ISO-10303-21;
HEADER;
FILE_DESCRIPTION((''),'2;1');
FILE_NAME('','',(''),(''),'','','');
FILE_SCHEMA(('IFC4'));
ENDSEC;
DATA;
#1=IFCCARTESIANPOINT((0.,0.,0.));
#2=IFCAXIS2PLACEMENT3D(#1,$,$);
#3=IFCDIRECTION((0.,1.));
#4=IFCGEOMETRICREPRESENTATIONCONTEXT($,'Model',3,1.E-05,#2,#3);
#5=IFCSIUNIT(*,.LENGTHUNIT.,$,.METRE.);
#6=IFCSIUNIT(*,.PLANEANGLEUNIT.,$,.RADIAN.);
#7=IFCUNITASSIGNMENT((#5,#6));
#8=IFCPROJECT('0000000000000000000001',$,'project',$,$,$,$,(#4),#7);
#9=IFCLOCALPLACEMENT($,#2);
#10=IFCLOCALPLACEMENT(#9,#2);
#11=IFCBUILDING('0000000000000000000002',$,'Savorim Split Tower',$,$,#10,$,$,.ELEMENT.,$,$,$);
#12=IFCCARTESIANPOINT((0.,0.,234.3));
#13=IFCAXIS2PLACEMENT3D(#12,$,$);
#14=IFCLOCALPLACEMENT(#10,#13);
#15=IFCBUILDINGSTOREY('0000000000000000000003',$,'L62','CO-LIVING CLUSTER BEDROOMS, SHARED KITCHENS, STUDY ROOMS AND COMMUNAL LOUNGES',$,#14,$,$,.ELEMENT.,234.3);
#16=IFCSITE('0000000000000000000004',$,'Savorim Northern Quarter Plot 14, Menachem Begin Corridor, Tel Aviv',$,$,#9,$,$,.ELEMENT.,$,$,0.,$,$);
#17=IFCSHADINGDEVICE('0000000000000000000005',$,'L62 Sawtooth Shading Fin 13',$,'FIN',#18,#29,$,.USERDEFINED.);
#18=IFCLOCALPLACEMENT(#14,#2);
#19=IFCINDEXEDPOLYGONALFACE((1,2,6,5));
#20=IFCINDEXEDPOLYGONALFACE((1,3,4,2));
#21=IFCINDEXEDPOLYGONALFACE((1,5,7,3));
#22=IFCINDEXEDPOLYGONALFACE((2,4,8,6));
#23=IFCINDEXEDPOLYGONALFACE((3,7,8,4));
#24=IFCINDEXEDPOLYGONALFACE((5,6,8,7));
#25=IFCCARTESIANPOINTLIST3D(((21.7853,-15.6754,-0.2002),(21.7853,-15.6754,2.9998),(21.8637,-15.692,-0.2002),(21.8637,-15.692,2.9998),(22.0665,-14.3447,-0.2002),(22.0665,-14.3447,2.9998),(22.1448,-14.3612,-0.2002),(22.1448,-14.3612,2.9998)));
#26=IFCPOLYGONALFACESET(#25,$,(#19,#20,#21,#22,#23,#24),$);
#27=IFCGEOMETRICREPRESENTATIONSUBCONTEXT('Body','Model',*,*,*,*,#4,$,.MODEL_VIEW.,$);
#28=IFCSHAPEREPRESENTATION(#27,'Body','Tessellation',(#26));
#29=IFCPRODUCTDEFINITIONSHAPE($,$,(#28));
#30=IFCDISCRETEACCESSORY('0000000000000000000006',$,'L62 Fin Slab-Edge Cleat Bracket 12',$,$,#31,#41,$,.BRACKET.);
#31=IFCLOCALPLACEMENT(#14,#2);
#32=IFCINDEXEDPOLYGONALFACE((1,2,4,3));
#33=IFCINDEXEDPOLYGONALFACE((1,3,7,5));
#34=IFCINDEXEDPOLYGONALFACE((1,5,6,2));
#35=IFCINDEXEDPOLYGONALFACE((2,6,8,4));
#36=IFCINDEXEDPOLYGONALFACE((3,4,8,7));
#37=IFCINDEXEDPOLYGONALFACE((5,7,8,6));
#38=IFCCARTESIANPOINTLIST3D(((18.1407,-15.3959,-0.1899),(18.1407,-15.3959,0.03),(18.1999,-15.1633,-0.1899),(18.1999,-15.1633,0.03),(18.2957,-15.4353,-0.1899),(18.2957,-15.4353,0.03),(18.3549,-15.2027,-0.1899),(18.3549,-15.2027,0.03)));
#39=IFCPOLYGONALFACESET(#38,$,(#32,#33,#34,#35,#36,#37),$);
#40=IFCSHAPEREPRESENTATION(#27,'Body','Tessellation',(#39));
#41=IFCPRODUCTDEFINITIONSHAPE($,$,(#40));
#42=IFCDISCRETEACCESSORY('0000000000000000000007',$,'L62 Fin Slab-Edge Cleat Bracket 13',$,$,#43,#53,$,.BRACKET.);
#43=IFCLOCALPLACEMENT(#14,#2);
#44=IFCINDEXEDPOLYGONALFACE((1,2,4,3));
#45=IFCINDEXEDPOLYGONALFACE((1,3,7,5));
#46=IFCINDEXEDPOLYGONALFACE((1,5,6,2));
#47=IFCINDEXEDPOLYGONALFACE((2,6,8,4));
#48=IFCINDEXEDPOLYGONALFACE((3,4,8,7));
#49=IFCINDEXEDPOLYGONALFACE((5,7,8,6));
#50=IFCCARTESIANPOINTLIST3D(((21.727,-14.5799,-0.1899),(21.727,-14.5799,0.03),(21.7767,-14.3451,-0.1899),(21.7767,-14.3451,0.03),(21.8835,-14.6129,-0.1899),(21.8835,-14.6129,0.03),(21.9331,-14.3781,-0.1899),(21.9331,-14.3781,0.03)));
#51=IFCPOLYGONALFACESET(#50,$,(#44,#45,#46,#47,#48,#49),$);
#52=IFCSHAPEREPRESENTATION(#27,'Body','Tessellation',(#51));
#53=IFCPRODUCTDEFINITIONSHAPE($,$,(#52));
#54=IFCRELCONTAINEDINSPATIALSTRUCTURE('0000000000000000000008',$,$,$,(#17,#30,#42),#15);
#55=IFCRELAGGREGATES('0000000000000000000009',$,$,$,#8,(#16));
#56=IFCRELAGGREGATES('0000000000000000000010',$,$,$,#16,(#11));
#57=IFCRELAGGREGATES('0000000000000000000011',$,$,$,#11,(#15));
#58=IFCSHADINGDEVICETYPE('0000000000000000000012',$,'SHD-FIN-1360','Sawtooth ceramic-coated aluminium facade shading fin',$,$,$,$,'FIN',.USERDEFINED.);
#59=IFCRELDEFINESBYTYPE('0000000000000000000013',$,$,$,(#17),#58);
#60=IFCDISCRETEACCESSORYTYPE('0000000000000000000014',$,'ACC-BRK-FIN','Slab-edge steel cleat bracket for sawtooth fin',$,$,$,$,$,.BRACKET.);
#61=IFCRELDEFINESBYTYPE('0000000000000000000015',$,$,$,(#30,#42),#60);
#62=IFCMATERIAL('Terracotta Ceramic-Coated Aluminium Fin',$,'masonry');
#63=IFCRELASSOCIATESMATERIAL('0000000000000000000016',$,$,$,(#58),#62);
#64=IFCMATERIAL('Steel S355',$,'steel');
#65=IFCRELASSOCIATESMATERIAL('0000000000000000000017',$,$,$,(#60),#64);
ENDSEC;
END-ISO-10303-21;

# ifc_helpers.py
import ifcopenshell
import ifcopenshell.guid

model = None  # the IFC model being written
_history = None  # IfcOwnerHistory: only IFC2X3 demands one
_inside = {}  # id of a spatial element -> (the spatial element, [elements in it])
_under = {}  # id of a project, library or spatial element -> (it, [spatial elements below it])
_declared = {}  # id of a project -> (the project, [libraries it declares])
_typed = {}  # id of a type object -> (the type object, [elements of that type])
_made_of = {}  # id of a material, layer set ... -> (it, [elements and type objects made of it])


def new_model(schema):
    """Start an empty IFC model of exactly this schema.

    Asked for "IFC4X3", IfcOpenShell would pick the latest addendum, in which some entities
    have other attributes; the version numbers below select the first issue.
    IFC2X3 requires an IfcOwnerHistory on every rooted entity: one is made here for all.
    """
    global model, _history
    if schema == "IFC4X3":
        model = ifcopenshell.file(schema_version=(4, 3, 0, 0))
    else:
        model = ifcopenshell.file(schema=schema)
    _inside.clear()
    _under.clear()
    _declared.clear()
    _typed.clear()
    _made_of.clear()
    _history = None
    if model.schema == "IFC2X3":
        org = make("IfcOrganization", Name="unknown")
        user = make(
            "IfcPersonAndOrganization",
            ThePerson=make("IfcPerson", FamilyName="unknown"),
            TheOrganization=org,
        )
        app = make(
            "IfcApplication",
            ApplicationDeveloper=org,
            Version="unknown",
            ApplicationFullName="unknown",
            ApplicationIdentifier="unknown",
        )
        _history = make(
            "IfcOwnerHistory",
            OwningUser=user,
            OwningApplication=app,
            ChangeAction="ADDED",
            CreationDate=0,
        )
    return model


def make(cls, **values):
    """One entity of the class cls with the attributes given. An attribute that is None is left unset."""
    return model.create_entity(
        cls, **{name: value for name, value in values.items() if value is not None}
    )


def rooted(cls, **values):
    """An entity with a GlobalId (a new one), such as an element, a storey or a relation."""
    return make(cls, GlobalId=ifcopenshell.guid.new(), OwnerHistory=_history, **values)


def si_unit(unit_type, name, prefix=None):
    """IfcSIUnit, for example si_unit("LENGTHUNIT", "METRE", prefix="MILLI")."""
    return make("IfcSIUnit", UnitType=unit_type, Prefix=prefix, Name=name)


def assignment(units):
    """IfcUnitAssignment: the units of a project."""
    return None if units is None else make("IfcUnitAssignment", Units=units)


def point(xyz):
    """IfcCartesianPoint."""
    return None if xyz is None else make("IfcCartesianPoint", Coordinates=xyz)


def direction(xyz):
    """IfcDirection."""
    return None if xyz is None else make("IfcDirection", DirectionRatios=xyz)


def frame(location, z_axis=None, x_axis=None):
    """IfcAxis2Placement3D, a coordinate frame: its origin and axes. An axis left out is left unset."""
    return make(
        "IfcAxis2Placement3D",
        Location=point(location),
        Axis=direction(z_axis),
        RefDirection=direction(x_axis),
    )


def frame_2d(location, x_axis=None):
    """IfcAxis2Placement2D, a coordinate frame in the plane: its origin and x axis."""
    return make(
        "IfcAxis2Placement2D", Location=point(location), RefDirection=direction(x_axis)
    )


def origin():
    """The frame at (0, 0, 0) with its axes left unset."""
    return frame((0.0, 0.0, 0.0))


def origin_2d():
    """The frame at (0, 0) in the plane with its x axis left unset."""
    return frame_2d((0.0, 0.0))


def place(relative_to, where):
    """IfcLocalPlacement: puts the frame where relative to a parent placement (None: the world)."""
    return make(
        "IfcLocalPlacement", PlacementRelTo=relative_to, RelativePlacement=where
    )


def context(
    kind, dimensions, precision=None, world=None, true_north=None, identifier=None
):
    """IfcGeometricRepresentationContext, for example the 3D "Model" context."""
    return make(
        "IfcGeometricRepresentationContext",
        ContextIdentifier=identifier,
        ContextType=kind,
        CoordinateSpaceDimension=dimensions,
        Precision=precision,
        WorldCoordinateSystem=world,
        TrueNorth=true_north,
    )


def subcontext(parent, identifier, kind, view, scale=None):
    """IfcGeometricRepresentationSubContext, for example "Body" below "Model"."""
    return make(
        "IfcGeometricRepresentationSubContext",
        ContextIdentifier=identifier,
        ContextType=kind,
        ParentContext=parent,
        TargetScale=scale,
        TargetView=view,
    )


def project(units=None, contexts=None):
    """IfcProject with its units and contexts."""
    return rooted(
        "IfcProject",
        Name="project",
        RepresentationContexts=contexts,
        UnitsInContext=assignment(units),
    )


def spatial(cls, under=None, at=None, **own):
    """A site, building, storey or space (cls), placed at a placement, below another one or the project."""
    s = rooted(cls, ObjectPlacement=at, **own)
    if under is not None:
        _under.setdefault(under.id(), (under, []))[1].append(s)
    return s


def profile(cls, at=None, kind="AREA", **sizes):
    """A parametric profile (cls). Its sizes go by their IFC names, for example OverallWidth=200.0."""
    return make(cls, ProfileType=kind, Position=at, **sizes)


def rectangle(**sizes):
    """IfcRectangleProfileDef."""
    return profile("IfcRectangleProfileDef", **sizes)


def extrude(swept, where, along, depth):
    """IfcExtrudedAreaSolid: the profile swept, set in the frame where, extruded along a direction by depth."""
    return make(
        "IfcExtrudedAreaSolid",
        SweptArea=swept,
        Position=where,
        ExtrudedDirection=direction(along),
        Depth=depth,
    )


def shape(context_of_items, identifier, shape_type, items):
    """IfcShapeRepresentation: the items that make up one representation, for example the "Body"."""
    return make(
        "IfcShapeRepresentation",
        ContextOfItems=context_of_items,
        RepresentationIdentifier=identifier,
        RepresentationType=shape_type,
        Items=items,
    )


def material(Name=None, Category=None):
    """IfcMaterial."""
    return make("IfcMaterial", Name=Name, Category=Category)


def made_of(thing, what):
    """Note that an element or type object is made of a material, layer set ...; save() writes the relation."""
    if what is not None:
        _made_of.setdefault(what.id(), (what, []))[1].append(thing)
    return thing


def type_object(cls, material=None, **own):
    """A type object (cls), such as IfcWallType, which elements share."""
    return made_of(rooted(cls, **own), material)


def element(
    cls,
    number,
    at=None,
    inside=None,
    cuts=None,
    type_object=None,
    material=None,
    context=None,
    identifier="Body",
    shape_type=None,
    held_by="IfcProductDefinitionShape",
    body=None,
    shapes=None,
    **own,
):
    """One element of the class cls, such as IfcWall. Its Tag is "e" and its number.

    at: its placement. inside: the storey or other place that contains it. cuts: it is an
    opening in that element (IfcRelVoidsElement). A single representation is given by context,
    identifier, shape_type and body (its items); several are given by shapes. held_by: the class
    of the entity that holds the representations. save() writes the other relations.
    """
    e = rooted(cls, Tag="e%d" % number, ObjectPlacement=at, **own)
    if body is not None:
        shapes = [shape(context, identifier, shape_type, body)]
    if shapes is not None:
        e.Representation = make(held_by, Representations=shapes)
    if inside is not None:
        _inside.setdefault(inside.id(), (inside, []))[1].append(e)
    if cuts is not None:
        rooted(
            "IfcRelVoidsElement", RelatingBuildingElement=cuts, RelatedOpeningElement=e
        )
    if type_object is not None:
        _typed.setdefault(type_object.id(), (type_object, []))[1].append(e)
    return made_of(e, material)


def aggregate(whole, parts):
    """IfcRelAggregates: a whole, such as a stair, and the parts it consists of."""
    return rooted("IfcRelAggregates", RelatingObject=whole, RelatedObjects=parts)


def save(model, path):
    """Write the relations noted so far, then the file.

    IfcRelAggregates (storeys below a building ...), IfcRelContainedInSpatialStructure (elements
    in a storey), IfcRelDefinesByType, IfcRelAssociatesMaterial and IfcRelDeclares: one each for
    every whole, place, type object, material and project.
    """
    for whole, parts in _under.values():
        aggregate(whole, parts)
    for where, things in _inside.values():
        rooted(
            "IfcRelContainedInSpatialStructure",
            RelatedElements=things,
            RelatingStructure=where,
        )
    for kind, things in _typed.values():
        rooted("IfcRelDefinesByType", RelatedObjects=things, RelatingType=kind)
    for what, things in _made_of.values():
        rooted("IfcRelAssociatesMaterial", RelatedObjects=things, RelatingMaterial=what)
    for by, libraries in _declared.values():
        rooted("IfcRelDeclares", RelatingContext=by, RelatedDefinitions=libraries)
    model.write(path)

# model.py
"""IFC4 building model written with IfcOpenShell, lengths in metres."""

from ifc_helpers import new_model, si_unit, direction, frame, origin, origin_2d, place, context, subcontext, project, spatial, rectangle, extrude, material, type_object, element, save


model = new_model("IFC4")

# Units and contexts
model_context = context("Model", 3, precision=1e-05, world=origin(), true_north=direction((0.0, 1.0)))
body_context = subcontext(model_context, "Body", "Model", "MODEL_VIEW")
ifc_project = project(units=[si_unit("LENGTHUNIT", "METRE"), si_unit("PLANEANGLEUNIT", "RADIAN")], contexts=[model_context])

# Site, building, storey
site_placement = place(None, origin())
site = spatial("IfcSite", under=ifc_project, at=site_placement, Name="Savorim Northern Quarter Plot 14, Menachem Begin Corridor, Tel Aviv", CompositionType="ELEMENT", RefElevation=0.0)
building_placement = place(site_placement, origin())
building = spatial("IfcBuilding", under=site, at=building_placement, Name="Savorim Split Tower", CompositionType="ELEMENT")
storey_placement = place(building_placement, frame((0.0, 0.0, 234.3)))
storey = spatial("IfcBuildingStorey", under=building, at=storey_placement, Name="L62", Description="CO-LIVING CLUSTER BEDROOMS, SHARED KITCHENS, STUDY ROOMS AND COMMUNAL LOUNGES", CompositionType="ELEMENT", Elevation=234.3)

# Shared definitions
ifc_material_1 = material(Name="Steel S355", Category="steel")

# Shading device
ifc_material_2 = material(Name="Terracotta Ceramic-Coated Aluminium Fin", Category="masonry")
shading_device_type = type_object("IfcShadingDeviceType", Name="SHD-FIN-1360", Description="Sawtooth ceramic-coated aluminium facade shading fin", ElementType="FIN", PredefinedType="USERDEFINED", material=ifc_material_2)
for number, where, z_axis, x_axis, name in (
    (1, (21.9651, -15.0183, -0.2002), (0.0, 0.0, 1.0), (-0.206722, -0.9784, 0.0), "L62 Sawtooth Shading Fin 13"),
):
    element("IfcShadingDevice", number, at=place(storey_placement, frame(where, z_axis=z_axis, x_axis=x_axis)), inside=storey, type_object=shading_device_type, Name=name, ObjectType="FIN", PredefinedType="USERDEFINED", context=body_context, shape_type="SweptSolid", body=[
        extrude(rectangle(XDim=1.3601, YDim=0.0801, at=origin_2d()), origin(), (0.0, 0.0, 1.0), 3.2),
    ])

# Discrete accessories
discrete_accessory_type = type_object("IfcDiscreteAccessoryType", Name="ACC-BRK-FIN", Description="Slab-edge steel cleat bracket for sawtooth fin", PredefinedType="BRACKET", material=ifc_material_1)
for number, where, z_axis, x_axis, name in (
    (2, (18.2478, -15.2993, -0.1899), (0.0, 0.0, 1.0), (-0.246581, -0.969122, 0.0), "L62 Fin Slab-Edge Cleat Bracket 12"),
    (3, (21.8301, -14.479, -0.1899), (0.0, 0.0, 1.0), (-0.206722, -0.9784, 0.0), "L62 Fin Slab-Edge Cleat Bracket 13"),
):
    element("IfcDiscreteAccessory", number, at=place(storey_placement, frame(where, z_axis=z_axis, x_axis=x_axis)), inside=storey, type_object=discrete_accessory_type, Name=name, PredefinedType="BRACKET", context=body_context, shape_type="SweptSolid", body=[
        extrude(rectangle(XDim=0.24, YDim=0.1599, at=origin_2d()), origin(), (0.0, 0.0, 1.0), 0.22),
    ])

save(model, "model.ifc")
